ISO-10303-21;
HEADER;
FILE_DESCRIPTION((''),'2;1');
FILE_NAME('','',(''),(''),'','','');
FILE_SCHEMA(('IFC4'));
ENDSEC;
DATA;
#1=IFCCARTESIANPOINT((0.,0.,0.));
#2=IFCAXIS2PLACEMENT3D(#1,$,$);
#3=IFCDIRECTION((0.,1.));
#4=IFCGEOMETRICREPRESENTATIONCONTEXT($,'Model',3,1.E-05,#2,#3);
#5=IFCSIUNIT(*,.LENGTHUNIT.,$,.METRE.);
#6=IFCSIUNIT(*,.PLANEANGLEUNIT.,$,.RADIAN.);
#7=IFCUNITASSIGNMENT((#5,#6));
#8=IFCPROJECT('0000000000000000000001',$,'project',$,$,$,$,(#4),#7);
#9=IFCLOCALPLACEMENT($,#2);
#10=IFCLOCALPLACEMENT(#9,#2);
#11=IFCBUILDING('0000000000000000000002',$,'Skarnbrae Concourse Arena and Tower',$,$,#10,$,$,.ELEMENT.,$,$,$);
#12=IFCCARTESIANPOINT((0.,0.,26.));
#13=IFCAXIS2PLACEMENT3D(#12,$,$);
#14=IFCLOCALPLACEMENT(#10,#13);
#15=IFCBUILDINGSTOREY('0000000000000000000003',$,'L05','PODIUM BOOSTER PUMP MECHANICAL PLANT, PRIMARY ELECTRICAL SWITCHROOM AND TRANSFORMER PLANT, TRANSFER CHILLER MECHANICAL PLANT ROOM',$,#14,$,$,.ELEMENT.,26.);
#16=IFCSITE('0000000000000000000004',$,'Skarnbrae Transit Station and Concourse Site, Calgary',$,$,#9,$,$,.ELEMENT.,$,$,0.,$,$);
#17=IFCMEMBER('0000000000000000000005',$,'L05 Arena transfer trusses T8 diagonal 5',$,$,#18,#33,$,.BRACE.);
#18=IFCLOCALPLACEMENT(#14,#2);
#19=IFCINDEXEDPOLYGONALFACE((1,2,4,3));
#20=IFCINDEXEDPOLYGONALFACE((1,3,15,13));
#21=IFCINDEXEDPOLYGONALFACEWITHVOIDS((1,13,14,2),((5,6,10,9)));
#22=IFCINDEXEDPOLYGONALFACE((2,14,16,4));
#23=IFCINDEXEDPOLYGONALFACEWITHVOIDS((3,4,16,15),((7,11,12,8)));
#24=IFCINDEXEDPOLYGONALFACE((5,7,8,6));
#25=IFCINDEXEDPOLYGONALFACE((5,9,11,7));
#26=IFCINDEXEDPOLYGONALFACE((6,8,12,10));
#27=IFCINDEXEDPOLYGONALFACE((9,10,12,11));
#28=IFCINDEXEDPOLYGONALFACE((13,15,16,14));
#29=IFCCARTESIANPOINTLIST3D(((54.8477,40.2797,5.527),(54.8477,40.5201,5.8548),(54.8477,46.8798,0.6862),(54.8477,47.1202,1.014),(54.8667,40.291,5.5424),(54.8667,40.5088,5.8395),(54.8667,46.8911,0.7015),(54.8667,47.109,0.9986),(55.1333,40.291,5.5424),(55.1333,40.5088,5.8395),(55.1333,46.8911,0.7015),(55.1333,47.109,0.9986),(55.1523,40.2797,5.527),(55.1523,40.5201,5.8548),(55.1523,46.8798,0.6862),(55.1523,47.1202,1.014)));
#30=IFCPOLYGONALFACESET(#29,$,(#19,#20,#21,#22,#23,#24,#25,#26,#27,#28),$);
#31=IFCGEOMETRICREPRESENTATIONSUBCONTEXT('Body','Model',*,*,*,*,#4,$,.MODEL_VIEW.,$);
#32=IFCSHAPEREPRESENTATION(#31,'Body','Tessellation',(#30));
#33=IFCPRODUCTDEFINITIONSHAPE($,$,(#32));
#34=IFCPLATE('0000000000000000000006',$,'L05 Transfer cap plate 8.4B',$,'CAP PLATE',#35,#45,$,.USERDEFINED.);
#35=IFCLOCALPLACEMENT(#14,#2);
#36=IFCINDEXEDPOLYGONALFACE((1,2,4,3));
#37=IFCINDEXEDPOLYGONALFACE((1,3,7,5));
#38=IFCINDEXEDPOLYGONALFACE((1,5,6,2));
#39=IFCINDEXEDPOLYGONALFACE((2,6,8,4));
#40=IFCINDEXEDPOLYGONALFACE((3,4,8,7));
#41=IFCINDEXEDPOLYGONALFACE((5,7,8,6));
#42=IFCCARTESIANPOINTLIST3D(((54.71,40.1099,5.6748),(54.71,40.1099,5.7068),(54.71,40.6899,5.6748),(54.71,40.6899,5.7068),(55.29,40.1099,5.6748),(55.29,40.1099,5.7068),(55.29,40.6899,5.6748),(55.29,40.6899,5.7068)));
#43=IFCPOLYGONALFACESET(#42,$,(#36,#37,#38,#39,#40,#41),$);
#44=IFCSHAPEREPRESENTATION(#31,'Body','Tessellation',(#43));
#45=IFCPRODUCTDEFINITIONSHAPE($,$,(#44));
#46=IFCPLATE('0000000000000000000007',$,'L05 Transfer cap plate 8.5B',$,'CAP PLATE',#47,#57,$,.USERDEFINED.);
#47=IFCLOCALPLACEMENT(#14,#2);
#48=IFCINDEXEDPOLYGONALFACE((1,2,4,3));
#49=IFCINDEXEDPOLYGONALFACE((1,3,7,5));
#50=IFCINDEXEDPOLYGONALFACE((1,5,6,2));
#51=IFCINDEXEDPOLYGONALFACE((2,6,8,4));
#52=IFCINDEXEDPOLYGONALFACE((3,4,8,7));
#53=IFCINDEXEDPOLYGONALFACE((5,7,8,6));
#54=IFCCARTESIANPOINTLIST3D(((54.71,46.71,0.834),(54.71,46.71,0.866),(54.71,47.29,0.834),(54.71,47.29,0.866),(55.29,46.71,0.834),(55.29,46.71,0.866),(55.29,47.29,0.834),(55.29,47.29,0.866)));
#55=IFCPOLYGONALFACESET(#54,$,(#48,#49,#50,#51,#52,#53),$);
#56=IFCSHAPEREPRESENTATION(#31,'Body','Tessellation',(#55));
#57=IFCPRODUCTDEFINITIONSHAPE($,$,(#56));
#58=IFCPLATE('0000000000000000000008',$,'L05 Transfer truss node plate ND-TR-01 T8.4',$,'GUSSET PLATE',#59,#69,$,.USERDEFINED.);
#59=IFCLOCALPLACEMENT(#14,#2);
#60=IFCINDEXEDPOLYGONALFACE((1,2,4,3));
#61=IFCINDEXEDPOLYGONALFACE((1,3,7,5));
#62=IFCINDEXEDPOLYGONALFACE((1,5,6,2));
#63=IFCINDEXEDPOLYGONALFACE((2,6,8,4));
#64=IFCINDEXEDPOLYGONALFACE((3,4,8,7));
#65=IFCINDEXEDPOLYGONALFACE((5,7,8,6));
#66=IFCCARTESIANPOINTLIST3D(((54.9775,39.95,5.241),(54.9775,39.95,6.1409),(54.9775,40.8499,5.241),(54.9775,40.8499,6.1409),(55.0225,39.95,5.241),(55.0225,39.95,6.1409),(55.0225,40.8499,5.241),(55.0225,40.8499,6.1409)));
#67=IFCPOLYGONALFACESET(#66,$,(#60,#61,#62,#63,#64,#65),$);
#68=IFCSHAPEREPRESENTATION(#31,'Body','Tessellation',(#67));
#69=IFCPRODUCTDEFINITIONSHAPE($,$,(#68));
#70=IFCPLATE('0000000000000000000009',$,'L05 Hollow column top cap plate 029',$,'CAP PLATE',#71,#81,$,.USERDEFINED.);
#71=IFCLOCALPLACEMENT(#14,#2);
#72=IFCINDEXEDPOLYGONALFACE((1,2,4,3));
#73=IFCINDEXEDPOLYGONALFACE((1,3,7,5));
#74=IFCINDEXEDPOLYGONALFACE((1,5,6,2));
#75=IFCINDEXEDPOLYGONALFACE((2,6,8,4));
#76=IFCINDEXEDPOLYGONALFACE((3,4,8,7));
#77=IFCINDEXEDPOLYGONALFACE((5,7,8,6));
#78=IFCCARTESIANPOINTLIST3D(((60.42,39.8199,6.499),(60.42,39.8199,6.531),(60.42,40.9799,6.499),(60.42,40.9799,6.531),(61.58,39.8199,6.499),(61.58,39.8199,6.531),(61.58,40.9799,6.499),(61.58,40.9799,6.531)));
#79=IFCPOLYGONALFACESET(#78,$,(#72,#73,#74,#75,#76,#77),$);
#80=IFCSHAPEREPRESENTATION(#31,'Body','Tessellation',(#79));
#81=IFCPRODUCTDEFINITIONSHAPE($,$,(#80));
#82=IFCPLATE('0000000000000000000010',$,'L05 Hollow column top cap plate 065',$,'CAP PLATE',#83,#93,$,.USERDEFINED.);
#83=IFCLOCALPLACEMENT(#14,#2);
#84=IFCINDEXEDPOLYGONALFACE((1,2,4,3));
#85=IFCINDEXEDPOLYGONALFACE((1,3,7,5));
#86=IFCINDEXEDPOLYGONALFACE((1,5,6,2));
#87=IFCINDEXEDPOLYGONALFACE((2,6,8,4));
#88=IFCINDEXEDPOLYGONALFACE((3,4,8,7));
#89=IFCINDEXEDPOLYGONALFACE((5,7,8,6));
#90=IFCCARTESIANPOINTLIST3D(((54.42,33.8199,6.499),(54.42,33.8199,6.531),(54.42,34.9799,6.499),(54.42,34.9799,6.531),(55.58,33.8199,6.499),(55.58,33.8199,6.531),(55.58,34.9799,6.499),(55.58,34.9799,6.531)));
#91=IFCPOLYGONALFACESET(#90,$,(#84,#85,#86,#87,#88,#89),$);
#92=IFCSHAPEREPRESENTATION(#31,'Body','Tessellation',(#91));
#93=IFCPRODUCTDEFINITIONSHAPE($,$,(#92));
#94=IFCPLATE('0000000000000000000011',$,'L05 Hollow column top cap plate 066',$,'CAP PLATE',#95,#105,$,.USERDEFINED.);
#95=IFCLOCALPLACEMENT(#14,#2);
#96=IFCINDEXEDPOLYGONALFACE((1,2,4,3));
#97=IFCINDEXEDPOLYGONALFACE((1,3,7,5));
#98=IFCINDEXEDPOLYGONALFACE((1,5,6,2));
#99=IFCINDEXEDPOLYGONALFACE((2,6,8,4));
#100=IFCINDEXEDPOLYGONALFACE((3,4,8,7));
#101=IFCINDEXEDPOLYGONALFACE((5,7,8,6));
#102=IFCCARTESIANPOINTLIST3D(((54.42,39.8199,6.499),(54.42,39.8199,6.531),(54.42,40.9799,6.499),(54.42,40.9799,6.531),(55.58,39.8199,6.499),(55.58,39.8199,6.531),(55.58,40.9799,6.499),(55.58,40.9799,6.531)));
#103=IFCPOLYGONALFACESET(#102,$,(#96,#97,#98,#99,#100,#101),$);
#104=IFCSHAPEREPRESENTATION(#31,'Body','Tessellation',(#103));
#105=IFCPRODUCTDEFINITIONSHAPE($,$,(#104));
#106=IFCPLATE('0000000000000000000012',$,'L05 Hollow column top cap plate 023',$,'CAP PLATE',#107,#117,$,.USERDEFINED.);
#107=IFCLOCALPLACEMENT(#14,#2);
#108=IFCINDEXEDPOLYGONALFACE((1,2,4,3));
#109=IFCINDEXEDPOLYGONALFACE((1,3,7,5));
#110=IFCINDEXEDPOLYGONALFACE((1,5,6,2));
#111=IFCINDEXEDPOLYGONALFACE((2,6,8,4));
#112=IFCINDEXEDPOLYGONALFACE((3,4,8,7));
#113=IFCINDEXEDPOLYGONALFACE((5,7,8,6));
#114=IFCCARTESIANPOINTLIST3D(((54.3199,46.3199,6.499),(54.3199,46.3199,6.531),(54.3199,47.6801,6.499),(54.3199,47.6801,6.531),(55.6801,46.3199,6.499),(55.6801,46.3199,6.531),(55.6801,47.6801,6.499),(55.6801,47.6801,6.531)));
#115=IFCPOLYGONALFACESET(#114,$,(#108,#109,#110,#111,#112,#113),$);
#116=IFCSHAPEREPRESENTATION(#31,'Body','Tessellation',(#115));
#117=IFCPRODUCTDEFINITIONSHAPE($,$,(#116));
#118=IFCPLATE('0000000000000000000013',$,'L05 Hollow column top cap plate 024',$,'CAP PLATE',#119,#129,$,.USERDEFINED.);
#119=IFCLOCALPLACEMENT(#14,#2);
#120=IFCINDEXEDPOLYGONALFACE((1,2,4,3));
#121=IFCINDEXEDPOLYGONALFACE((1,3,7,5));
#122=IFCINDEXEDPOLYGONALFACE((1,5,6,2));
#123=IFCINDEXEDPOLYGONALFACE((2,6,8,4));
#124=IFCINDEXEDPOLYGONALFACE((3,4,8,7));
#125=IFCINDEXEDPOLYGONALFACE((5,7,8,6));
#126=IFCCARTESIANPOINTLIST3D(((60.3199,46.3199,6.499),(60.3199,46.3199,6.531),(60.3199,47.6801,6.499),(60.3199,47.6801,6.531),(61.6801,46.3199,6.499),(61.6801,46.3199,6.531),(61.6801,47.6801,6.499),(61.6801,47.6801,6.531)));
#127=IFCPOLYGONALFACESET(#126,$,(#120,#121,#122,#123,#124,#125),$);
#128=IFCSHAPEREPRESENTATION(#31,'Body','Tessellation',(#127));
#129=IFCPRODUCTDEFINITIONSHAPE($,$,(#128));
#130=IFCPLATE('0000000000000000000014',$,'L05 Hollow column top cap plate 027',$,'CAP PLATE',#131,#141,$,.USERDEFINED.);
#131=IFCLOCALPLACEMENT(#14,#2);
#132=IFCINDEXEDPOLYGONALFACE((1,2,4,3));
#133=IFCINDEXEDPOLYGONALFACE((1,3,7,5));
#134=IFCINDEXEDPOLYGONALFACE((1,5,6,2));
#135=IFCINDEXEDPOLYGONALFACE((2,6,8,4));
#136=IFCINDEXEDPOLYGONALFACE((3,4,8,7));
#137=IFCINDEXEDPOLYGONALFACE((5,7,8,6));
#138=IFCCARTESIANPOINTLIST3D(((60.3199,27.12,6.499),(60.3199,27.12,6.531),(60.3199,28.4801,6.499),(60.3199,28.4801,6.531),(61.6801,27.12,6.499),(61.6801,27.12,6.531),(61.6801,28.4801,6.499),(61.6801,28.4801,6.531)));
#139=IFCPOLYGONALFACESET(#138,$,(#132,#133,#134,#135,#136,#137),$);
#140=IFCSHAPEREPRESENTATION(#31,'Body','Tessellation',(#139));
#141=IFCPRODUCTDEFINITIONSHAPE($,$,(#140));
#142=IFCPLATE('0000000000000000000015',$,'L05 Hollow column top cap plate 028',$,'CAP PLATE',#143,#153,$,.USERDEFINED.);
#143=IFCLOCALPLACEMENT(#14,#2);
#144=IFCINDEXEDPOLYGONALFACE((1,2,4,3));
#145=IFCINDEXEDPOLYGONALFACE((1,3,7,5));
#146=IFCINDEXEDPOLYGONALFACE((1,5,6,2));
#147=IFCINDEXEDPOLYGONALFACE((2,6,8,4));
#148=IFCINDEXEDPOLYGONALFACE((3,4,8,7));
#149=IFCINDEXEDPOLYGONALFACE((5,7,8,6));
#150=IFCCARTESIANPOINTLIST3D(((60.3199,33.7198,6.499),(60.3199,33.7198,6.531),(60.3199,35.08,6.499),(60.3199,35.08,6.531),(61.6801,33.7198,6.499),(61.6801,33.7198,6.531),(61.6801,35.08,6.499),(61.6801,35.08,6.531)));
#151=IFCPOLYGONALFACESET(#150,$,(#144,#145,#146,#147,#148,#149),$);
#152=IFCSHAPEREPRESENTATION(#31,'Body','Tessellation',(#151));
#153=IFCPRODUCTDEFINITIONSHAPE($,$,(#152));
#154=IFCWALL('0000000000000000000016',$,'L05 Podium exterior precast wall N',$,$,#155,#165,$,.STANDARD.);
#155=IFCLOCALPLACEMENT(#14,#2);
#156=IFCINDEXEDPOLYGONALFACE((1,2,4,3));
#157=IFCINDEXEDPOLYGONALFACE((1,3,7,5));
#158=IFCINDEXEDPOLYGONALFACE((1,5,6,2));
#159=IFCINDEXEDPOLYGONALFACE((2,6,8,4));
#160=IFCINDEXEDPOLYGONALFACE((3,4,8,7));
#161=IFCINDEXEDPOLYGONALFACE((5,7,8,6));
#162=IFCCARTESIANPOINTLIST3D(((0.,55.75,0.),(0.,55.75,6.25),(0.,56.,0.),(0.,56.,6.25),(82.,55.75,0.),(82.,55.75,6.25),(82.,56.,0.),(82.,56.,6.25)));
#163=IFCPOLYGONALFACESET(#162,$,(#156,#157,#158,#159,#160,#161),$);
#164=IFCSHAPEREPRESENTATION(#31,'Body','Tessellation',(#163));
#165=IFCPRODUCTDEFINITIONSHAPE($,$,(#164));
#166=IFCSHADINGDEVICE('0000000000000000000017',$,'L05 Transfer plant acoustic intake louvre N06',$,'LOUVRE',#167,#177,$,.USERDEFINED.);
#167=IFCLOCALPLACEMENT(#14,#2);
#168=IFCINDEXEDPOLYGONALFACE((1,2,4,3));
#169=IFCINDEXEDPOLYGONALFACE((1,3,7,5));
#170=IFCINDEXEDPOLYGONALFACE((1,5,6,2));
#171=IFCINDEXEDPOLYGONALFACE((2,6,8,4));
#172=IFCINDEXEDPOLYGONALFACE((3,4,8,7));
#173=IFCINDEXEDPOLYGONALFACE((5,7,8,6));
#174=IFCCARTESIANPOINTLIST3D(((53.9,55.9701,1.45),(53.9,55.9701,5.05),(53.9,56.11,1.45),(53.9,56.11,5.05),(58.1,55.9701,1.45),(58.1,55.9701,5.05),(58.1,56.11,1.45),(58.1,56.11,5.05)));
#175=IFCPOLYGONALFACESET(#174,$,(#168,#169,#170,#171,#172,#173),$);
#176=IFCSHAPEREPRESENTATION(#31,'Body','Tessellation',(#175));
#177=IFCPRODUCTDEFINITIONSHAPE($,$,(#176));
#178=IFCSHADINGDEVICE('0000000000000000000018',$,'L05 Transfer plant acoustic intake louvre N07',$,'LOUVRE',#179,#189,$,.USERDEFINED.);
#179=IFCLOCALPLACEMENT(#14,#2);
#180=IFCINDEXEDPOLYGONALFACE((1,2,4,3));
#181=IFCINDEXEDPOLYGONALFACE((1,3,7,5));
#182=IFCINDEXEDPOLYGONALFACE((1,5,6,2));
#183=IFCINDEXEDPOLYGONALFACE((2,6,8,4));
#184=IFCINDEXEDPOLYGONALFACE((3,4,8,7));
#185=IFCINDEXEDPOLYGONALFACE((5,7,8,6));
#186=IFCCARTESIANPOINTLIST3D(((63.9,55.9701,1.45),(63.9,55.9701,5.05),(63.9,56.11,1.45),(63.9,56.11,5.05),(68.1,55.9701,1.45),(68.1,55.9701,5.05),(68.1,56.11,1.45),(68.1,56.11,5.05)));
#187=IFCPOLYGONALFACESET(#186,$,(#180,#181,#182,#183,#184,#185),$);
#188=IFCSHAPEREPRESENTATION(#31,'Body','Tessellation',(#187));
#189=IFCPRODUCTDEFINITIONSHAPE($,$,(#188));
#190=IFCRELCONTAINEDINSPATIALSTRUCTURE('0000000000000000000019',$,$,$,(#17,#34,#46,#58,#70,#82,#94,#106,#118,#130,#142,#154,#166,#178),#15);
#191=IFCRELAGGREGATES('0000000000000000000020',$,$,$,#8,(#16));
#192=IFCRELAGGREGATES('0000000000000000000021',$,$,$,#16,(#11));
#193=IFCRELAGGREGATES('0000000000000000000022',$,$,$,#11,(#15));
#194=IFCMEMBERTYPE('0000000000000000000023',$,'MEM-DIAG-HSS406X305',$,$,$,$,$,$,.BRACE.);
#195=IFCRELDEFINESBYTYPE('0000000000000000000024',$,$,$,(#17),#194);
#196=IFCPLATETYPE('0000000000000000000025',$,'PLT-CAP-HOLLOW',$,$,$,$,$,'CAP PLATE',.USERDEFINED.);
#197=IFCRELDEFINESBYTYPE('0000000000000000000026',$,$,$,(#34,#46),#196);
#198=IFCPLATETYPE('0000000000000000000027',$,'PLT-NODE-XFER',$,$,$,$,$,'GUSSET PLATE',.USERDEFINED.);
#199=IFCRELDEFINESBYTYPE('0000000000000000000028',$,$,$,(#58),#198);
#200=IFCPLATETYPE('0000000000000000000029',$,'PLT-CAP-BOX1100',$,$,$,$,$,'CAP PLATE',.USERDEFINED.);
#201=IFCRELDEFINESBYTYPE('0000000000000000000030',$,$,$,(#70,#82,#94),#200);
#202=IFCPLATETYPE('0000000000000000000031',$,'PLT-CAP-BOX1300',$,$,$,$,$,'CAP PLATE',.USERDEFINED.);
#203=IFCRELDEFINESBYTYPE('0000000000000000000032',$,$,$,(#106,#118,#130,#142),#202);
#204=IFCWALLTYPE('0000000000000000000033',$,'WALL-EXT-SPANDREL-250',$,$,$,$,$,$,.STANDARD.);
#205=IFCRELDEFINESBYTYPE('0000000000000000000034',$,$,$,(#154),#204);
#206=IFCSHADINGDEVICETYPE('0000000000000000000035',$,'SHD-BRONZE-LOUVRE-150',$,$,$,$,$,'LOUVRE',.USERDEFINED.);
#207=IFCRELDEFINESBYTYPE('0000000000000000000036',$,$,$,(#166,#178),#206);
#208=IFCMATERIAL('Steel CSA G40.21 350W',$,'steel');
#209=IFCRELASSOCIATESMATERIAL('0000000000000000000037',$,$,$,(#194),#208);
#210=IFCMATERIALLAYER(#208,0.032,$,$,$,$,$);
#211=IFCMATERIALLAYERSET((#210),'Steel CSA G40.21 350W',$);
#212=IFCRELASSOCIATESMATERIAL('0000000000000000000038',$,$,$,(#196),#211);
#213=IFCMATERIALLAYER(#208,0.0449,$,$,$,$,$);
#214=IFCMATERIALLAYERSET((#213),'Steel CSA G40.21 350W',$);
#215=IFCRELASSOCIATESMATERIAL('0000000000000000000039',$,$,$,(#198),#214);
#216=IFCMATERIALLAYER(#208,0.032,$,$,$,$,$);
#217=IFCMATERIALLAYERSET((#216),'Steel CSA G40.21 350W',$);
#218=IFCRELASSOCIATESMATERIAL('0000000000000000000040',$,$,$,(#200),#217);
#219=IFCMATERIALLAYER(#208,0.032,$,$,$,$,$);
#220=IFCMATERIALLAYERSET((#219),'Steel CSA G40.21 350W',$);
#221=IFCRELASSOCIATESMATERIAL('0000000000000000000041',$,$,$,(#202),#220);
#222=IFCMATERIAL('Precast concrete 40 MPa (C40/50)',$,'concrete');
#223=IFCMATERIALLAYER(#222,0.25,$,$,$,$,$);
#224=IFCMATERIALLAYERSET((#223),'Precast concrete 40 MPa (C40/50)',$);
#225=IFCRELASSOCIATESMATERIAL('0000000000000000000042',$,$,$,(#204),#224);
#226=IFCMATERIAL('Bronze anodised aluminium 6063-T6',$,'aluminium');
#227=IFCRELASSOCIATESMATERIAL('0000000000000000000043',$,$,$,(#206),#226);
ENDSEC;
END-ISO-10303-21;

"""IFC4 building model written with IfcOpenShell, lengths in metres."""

from ifc_helpers import new_model, si_unit, direction, frame, frame_2d, origin, origin_2d, place, context, subcontext, project, spatial, rectangle, hollow_rectangle, extrude, source, transform, mapped, material, layer, layer_set, material_profile, profile_set, type_object, element, save


model = new_model("IFC4")

# Units and contexts
model_context = context("Model", 3, precision=1e-05, world=origin(), true_north=direction((0.0, 1.0)))
body_context = subcontext(model_context, "Body", "Model", "MODEL_VIEW")
ifc_project = project(units=[si_unit("LENGTHUNIT", "METRE"), si_unit("PLANEANGLEUNIT", "RADIAN")], contexts=[model_context])

# Site, building, storey
site_placement = place(None, origin())
site = spatial("IfcSite", under=ifc_project, at=site_placement, Name="Skarnbrae Transit Station and Concourse Site, Calgary", CompositionType="ELEMENT", RefElevation=0.0)
building_placement = place(site_placement, origin())
building = spatial("IfcBuilding", under=site, at=building_placement, Name="Skarnbrae Concourse Arena and Tower", CompositionType="ELEMENT")
storey_placement = place(building_placement, frame((0.0, 0.0, 26.0)))
storey = spatial("IfcBuildingStorey", under=building, at=storey_placement, Name="L05", Description="PODIUM BOOSTER PUMP MECHANICAL PLANT, PRIMARY ELECTRICAL SWITCHROOM AND TRANSFORMER PLANT, TRANSFER CHILLER MECHANICAL PLANT ROOM", CompositionType="ELEMENT", Elevation=26.0)

# Shared definitions
ifc_material_1 = material(Name="Steel CSA G40.21 350W", Category="steel")

# Member
ifc_material_profile_1 = material_profile(ifc_material_1, hollow_rectangle(XDim=0.3047, YDim=0.4065, WallThickness=0.019, at=origin_2d()), Name="HSS406X305X19.0")
ifc_profile_set_1 = profile_set([ifc_material_profile_1], Name="Steel CSA G40.21 350W")
member_type = type_object("IfcMemberType", Name="MEM-DIAG-HSS406X305", PredefinedType="BRACE", material=ifc_profile_set_1)
shared_shape_1 = source(origin(), body_context, "Body", "SweptSolid", [
    extrude(hollow_rectangle(XDim=0.3047, YDim=0.4065, WallThickness=0.019, at=origin_2d()), origin(), (0.0, 0.0, 1.0), 8.1851),
])
member_placement = place(storey_placement, frame((55.0, 40.3999, 5.6909), z_axis=(0.0, 0.806361, -0.591423), x_axis=(-1.0, 0.0, 0.0)))
element("IfcMember", 1, at=member_placement, inside=storey, type_object=member_type, Name="L05 Arena transfer trusses T8 diagonal 5", PredefinedType="BRACE", context=body_context, shape_type="MappedRepresentation", body=[
    mapped(shared_shape_1, transform((0.0, 0.0, 0.0))),
])

# Plates
ifc_layer_1 = layer(ifc_material_1, 0.032)
ifc_layer_set_1 = layer_set([ifc_layer_1], Name="Steel CSA G40.21 350W")
plate_type_1 = type_object("IfcPlateType", Name="PLT-CAP-HOLLOW", ElementType="CAP PLATE", PredefinedType="USERDEFINED", material=ifc_layer_set_1)
shared_shape_2 = source(origin(), body_context, "Body", "SweptSolid", [
    extrude(rectangle(XDim=0.5801, YDim=0.5801, at=origin_2d()), origin(), (0.0, 0.0, 1.0), 0.032),
])
for number, where, z_axis, x_axis, name in (
    (2, (55.0, 40.3999, 5.6748), (0.0, 0.0, 1.0), (1.0, 0.0, 0.0), "L05 Transfer cap plate 8.4B"),
    (3, (55.0, 47.0, 0.834), (0.0, 0.0, 1.0), (1.0, 0.0, 0.0), "L05 Transfer cap plate 8.5B"),
):
    element("IfcPlate", number, at=place(storey_placement, frame(where, z_axis=z_axis, x_axis=x_axis)), inside=storey, type_object=plate_type_1, Name=name, ObjectType="CAP PLATE", PredefinedType="USERDEFINED", context=body_context, shape_type="MappedRepresentation", body=[
        mapped(shared_shape_2, transform((0.0, 0.0, 0.0))),
    ])
ifc_layer_2 = layer(ifc_material_1, 0.0449)
ifc_layer_set_2 = layer_set([ifc_layer_2], Name="Steel CSA G40.21 350W")
plate_type_2 = type_object("IfcPlateType", Name="PLT-NODE-XFER", ElementType="GUSSET PLATE", PredefinedType="USERDEFINED", material=ifc_layer_set_2)
shared_shape_3 = source(origin(), body_context, "Body", "SweptSolid", [
    extrude(rectangle(XDim=0.8999, YDim=0.0449, at=origin_2d()), origin(), (0.0, 0.0, 1.0), 0.8999),
])
plate_placement = place(storey_placement, frame((55.0, 40.3999, 5.241), z_axis=(0.0, 0.0, 1.0), x_axis=(0.0, 1.0, 0.0)))
element("IfcPlate", 4, at=plate_placement, inside=storey, type_object=plate_type_2, Name="L05 Transfer truss node plate ND-TR-01 T8.4", ObjectType="GUSSET PLATE", PredefinedType="USERDEFINED", context=body_context, shape_type="MappedRepresentation", body=[
    mapped(shared_shape_3, transform((0.0, 0.0, 0.0))),
])
ifc_layer_3 = layer(ifc_material_1, 0.032)
ifc_layer_set_3 = layer_set([ifc_layer_3], Name="Steel CSA G40.21 350W")
plate_type_3 = type_object("IfcPlateType", Name="PLT-CAP-BOX1100", ElementType="CAP PLATE", PredefinedType="USERDEFINED", material=ifc_layer_set_3)
shared_shape_4 = source(origin(), body_context, "Body", "SweptSolid", [
    extrude(rectangle(XDim=1.1599, YDim=1.1599, at=origin_2d()), origin(), (0.0, 0.0, 1.0), 0.032),
])
for number, where, z_axis, x_axis, name in (
    (5, (61.0, 40.3999, 6.499), (0.0, 0.0, 1.0), (1.0, 0.0, 0.0), "L05 Hollow column top cap plate 029"),
    (6, (55.0, 34.3999, 6.499), (0.0, 0.0, 1.0), (1.0, 0.0, 0.0), "L05 Hollow column top cap plate 065"),
    (7, (55.0, 40.3999, 6.499), (0.0, 0.0, 1.0), (1.0, 0.0, 0.0), "L05 Hollow column top cap plate 066"),
):
    element("IfcPlate", number, at=place(storey_placement, frame(where, z_axis=z_axis, x_axis=x_axis)), inside=storey, type_object=plate_type_3, Name=name, ObjectType="CAP PLATE", PredefinedType="USERDEFINED", context=body_context, shape_type="MappedRepresentation", body=[
        mapped(shared_shape_4, transform((0.0, 0.0, 0.0))),
    ])
ifc_layer_4 = layer(ifc_material_1, 0.032)
ifc_layer_set_4 = layer_set([ifc_layer_4], Name="Steel CSA G40.21 350W")
plate_type_4 = type_object("IfcPlateType", Name="PLT-CAP-BOX1300", ElementType="CAP PLATE", PredefinedType="USERDEFINED", material=ifc_layer_set_4)
shared_shape_5 = source(origin(), body_context, "Body", "SweptSolid", [
    extrude(rectangle(XDim=1.3601, YDim=1.3601, at=origin_2d()), origin(), (0.0, 0.0, 1.0), 0.032),
])
for number, where, z_axis, x_axis, name in (
    (8, (55.0, 47.0, 6.499), (0.0, 0.0, 1.0), (1.0, 0.0, 0.0), "L05 Hollow column top cap plate 023"),
    (9, (61.0, 47.0, 6.499), (0.0, 0.0, 1.0), (1.0, 0.0, 0.0), "L05 Hollow column top cap plate 024"),
    (10, (61.0, 27.8, 6.499), (0.0, 0.0, 1.0), (1.0, 0.0, 0.0), "L05 Hollow column top cap plate 027"),
    (11, (61.0, 34.3999, 6.499), (0.0, 0.0, 1.0), (1.0, 0.0, 0.0), "L05 Hollow column top cap plate 028"),
):
    element("IfcPlate", number, at=place(storey_placement, frame(where, z_axis=z_axis, x_axis=x_axis)), inside=storey, type_object=plate_type_4, Name=name, ObjectType="CAP PLATE", PredefinedType="USERDEFINED", context=body_context, shape_type="MappedRepresentation", body=[
        mapped(shared_shape_5, transform((0.0, 0.0, 0.0))),
    ])

# Wall
ifc_material_2 = material(Name="Precast concrete 40 MPa (C40/50)", Category="concrete")
ifc_layer_5 = layer(ifc_material_2, 0.25)
ifc_layer_set_5 = layer_set([ifc_layer_5], Name="Precast concrete 40 MPa (C40/50)")
wall_type = type_object("IfcWallType", Name="WALL-EXT-SPANDREL-250", PredefinedType="STANDARD", material=ifc_layer_set_5)
shared_shape_6 = source(origin(), body_context, "Body", "SweptSolid", [
    extrude(rectangle(XDim=82.0, YDim=0.25, at=frame_2d((41.0, 0.0))), origin(), (0.0, 0.0, 1.0), 6.25),
])
wall_placement = place(storey_placement, frame((82.0, 55.875, 0.0), z_axis=(0.0, 0.0, 1.0), x_axis=(-1.0, 0.0, 0.0)))
element("IfcWall", 12, at=wall_placement, inside=storey, type_object=wall_type, Name="L05 Podium exterior precast wall N", PredefinedType="STANDARD", context=body_context, shape_type="MappedRepresentation", body=[
    mapped(shared_shape_6, transform((0.0, 0.0, 0.0))),
])

# Shading devices
ifc_material_3 = material(Name="Bronze anodised aluminium 6063-T6", Category="aluminium")
shading_device_type = type_object("IfcShadingDeviceType", Name="SHD-BRONZE-LOUVRE-150", ElementType="LOUVRE", PredefinedType="USERDEFINED", material=ifc_material_3)
shared_shape_7 = source(origin(), body_context, "Body", "SweptSolid", [
    extrude(rectangle(XDim=4.2, YDim=0.1399, at=origin_2d()), origin(), (0.0, 0.0, 1.0), 3.6001),
])
for number, where, z_axis, x_axis, name in (
    (13, (56.0, 56.04, 1.45), (0.0, 0.0, 1.0), (1.0, 0.0, 0.0), "L05 Transfer plant acoustic intake louvre N06"),
    (14, (66.0, 56.04, 1.45), (0.0, 0.0, 1.0), (1.0, 0.0, 0.0), "L05 Transfer plant acoustic intake louvre N07"),
):
    element("IfcShadingDevice", number, at=place(storey_placement, frame(where, z_axis=z_axis, x_axis=x_axis)), inside=storey, type_object=shading_device_type, Name=name, ObjectType="LOUVRE", PredefinedType="USERDEFINED", context=body_context, shape_type="MappedRepresentation", body=[
        mapped(shared_shape_7, transform((0.0, 0.0, 0.0))),
    ])

save(model, "model.ifc")
